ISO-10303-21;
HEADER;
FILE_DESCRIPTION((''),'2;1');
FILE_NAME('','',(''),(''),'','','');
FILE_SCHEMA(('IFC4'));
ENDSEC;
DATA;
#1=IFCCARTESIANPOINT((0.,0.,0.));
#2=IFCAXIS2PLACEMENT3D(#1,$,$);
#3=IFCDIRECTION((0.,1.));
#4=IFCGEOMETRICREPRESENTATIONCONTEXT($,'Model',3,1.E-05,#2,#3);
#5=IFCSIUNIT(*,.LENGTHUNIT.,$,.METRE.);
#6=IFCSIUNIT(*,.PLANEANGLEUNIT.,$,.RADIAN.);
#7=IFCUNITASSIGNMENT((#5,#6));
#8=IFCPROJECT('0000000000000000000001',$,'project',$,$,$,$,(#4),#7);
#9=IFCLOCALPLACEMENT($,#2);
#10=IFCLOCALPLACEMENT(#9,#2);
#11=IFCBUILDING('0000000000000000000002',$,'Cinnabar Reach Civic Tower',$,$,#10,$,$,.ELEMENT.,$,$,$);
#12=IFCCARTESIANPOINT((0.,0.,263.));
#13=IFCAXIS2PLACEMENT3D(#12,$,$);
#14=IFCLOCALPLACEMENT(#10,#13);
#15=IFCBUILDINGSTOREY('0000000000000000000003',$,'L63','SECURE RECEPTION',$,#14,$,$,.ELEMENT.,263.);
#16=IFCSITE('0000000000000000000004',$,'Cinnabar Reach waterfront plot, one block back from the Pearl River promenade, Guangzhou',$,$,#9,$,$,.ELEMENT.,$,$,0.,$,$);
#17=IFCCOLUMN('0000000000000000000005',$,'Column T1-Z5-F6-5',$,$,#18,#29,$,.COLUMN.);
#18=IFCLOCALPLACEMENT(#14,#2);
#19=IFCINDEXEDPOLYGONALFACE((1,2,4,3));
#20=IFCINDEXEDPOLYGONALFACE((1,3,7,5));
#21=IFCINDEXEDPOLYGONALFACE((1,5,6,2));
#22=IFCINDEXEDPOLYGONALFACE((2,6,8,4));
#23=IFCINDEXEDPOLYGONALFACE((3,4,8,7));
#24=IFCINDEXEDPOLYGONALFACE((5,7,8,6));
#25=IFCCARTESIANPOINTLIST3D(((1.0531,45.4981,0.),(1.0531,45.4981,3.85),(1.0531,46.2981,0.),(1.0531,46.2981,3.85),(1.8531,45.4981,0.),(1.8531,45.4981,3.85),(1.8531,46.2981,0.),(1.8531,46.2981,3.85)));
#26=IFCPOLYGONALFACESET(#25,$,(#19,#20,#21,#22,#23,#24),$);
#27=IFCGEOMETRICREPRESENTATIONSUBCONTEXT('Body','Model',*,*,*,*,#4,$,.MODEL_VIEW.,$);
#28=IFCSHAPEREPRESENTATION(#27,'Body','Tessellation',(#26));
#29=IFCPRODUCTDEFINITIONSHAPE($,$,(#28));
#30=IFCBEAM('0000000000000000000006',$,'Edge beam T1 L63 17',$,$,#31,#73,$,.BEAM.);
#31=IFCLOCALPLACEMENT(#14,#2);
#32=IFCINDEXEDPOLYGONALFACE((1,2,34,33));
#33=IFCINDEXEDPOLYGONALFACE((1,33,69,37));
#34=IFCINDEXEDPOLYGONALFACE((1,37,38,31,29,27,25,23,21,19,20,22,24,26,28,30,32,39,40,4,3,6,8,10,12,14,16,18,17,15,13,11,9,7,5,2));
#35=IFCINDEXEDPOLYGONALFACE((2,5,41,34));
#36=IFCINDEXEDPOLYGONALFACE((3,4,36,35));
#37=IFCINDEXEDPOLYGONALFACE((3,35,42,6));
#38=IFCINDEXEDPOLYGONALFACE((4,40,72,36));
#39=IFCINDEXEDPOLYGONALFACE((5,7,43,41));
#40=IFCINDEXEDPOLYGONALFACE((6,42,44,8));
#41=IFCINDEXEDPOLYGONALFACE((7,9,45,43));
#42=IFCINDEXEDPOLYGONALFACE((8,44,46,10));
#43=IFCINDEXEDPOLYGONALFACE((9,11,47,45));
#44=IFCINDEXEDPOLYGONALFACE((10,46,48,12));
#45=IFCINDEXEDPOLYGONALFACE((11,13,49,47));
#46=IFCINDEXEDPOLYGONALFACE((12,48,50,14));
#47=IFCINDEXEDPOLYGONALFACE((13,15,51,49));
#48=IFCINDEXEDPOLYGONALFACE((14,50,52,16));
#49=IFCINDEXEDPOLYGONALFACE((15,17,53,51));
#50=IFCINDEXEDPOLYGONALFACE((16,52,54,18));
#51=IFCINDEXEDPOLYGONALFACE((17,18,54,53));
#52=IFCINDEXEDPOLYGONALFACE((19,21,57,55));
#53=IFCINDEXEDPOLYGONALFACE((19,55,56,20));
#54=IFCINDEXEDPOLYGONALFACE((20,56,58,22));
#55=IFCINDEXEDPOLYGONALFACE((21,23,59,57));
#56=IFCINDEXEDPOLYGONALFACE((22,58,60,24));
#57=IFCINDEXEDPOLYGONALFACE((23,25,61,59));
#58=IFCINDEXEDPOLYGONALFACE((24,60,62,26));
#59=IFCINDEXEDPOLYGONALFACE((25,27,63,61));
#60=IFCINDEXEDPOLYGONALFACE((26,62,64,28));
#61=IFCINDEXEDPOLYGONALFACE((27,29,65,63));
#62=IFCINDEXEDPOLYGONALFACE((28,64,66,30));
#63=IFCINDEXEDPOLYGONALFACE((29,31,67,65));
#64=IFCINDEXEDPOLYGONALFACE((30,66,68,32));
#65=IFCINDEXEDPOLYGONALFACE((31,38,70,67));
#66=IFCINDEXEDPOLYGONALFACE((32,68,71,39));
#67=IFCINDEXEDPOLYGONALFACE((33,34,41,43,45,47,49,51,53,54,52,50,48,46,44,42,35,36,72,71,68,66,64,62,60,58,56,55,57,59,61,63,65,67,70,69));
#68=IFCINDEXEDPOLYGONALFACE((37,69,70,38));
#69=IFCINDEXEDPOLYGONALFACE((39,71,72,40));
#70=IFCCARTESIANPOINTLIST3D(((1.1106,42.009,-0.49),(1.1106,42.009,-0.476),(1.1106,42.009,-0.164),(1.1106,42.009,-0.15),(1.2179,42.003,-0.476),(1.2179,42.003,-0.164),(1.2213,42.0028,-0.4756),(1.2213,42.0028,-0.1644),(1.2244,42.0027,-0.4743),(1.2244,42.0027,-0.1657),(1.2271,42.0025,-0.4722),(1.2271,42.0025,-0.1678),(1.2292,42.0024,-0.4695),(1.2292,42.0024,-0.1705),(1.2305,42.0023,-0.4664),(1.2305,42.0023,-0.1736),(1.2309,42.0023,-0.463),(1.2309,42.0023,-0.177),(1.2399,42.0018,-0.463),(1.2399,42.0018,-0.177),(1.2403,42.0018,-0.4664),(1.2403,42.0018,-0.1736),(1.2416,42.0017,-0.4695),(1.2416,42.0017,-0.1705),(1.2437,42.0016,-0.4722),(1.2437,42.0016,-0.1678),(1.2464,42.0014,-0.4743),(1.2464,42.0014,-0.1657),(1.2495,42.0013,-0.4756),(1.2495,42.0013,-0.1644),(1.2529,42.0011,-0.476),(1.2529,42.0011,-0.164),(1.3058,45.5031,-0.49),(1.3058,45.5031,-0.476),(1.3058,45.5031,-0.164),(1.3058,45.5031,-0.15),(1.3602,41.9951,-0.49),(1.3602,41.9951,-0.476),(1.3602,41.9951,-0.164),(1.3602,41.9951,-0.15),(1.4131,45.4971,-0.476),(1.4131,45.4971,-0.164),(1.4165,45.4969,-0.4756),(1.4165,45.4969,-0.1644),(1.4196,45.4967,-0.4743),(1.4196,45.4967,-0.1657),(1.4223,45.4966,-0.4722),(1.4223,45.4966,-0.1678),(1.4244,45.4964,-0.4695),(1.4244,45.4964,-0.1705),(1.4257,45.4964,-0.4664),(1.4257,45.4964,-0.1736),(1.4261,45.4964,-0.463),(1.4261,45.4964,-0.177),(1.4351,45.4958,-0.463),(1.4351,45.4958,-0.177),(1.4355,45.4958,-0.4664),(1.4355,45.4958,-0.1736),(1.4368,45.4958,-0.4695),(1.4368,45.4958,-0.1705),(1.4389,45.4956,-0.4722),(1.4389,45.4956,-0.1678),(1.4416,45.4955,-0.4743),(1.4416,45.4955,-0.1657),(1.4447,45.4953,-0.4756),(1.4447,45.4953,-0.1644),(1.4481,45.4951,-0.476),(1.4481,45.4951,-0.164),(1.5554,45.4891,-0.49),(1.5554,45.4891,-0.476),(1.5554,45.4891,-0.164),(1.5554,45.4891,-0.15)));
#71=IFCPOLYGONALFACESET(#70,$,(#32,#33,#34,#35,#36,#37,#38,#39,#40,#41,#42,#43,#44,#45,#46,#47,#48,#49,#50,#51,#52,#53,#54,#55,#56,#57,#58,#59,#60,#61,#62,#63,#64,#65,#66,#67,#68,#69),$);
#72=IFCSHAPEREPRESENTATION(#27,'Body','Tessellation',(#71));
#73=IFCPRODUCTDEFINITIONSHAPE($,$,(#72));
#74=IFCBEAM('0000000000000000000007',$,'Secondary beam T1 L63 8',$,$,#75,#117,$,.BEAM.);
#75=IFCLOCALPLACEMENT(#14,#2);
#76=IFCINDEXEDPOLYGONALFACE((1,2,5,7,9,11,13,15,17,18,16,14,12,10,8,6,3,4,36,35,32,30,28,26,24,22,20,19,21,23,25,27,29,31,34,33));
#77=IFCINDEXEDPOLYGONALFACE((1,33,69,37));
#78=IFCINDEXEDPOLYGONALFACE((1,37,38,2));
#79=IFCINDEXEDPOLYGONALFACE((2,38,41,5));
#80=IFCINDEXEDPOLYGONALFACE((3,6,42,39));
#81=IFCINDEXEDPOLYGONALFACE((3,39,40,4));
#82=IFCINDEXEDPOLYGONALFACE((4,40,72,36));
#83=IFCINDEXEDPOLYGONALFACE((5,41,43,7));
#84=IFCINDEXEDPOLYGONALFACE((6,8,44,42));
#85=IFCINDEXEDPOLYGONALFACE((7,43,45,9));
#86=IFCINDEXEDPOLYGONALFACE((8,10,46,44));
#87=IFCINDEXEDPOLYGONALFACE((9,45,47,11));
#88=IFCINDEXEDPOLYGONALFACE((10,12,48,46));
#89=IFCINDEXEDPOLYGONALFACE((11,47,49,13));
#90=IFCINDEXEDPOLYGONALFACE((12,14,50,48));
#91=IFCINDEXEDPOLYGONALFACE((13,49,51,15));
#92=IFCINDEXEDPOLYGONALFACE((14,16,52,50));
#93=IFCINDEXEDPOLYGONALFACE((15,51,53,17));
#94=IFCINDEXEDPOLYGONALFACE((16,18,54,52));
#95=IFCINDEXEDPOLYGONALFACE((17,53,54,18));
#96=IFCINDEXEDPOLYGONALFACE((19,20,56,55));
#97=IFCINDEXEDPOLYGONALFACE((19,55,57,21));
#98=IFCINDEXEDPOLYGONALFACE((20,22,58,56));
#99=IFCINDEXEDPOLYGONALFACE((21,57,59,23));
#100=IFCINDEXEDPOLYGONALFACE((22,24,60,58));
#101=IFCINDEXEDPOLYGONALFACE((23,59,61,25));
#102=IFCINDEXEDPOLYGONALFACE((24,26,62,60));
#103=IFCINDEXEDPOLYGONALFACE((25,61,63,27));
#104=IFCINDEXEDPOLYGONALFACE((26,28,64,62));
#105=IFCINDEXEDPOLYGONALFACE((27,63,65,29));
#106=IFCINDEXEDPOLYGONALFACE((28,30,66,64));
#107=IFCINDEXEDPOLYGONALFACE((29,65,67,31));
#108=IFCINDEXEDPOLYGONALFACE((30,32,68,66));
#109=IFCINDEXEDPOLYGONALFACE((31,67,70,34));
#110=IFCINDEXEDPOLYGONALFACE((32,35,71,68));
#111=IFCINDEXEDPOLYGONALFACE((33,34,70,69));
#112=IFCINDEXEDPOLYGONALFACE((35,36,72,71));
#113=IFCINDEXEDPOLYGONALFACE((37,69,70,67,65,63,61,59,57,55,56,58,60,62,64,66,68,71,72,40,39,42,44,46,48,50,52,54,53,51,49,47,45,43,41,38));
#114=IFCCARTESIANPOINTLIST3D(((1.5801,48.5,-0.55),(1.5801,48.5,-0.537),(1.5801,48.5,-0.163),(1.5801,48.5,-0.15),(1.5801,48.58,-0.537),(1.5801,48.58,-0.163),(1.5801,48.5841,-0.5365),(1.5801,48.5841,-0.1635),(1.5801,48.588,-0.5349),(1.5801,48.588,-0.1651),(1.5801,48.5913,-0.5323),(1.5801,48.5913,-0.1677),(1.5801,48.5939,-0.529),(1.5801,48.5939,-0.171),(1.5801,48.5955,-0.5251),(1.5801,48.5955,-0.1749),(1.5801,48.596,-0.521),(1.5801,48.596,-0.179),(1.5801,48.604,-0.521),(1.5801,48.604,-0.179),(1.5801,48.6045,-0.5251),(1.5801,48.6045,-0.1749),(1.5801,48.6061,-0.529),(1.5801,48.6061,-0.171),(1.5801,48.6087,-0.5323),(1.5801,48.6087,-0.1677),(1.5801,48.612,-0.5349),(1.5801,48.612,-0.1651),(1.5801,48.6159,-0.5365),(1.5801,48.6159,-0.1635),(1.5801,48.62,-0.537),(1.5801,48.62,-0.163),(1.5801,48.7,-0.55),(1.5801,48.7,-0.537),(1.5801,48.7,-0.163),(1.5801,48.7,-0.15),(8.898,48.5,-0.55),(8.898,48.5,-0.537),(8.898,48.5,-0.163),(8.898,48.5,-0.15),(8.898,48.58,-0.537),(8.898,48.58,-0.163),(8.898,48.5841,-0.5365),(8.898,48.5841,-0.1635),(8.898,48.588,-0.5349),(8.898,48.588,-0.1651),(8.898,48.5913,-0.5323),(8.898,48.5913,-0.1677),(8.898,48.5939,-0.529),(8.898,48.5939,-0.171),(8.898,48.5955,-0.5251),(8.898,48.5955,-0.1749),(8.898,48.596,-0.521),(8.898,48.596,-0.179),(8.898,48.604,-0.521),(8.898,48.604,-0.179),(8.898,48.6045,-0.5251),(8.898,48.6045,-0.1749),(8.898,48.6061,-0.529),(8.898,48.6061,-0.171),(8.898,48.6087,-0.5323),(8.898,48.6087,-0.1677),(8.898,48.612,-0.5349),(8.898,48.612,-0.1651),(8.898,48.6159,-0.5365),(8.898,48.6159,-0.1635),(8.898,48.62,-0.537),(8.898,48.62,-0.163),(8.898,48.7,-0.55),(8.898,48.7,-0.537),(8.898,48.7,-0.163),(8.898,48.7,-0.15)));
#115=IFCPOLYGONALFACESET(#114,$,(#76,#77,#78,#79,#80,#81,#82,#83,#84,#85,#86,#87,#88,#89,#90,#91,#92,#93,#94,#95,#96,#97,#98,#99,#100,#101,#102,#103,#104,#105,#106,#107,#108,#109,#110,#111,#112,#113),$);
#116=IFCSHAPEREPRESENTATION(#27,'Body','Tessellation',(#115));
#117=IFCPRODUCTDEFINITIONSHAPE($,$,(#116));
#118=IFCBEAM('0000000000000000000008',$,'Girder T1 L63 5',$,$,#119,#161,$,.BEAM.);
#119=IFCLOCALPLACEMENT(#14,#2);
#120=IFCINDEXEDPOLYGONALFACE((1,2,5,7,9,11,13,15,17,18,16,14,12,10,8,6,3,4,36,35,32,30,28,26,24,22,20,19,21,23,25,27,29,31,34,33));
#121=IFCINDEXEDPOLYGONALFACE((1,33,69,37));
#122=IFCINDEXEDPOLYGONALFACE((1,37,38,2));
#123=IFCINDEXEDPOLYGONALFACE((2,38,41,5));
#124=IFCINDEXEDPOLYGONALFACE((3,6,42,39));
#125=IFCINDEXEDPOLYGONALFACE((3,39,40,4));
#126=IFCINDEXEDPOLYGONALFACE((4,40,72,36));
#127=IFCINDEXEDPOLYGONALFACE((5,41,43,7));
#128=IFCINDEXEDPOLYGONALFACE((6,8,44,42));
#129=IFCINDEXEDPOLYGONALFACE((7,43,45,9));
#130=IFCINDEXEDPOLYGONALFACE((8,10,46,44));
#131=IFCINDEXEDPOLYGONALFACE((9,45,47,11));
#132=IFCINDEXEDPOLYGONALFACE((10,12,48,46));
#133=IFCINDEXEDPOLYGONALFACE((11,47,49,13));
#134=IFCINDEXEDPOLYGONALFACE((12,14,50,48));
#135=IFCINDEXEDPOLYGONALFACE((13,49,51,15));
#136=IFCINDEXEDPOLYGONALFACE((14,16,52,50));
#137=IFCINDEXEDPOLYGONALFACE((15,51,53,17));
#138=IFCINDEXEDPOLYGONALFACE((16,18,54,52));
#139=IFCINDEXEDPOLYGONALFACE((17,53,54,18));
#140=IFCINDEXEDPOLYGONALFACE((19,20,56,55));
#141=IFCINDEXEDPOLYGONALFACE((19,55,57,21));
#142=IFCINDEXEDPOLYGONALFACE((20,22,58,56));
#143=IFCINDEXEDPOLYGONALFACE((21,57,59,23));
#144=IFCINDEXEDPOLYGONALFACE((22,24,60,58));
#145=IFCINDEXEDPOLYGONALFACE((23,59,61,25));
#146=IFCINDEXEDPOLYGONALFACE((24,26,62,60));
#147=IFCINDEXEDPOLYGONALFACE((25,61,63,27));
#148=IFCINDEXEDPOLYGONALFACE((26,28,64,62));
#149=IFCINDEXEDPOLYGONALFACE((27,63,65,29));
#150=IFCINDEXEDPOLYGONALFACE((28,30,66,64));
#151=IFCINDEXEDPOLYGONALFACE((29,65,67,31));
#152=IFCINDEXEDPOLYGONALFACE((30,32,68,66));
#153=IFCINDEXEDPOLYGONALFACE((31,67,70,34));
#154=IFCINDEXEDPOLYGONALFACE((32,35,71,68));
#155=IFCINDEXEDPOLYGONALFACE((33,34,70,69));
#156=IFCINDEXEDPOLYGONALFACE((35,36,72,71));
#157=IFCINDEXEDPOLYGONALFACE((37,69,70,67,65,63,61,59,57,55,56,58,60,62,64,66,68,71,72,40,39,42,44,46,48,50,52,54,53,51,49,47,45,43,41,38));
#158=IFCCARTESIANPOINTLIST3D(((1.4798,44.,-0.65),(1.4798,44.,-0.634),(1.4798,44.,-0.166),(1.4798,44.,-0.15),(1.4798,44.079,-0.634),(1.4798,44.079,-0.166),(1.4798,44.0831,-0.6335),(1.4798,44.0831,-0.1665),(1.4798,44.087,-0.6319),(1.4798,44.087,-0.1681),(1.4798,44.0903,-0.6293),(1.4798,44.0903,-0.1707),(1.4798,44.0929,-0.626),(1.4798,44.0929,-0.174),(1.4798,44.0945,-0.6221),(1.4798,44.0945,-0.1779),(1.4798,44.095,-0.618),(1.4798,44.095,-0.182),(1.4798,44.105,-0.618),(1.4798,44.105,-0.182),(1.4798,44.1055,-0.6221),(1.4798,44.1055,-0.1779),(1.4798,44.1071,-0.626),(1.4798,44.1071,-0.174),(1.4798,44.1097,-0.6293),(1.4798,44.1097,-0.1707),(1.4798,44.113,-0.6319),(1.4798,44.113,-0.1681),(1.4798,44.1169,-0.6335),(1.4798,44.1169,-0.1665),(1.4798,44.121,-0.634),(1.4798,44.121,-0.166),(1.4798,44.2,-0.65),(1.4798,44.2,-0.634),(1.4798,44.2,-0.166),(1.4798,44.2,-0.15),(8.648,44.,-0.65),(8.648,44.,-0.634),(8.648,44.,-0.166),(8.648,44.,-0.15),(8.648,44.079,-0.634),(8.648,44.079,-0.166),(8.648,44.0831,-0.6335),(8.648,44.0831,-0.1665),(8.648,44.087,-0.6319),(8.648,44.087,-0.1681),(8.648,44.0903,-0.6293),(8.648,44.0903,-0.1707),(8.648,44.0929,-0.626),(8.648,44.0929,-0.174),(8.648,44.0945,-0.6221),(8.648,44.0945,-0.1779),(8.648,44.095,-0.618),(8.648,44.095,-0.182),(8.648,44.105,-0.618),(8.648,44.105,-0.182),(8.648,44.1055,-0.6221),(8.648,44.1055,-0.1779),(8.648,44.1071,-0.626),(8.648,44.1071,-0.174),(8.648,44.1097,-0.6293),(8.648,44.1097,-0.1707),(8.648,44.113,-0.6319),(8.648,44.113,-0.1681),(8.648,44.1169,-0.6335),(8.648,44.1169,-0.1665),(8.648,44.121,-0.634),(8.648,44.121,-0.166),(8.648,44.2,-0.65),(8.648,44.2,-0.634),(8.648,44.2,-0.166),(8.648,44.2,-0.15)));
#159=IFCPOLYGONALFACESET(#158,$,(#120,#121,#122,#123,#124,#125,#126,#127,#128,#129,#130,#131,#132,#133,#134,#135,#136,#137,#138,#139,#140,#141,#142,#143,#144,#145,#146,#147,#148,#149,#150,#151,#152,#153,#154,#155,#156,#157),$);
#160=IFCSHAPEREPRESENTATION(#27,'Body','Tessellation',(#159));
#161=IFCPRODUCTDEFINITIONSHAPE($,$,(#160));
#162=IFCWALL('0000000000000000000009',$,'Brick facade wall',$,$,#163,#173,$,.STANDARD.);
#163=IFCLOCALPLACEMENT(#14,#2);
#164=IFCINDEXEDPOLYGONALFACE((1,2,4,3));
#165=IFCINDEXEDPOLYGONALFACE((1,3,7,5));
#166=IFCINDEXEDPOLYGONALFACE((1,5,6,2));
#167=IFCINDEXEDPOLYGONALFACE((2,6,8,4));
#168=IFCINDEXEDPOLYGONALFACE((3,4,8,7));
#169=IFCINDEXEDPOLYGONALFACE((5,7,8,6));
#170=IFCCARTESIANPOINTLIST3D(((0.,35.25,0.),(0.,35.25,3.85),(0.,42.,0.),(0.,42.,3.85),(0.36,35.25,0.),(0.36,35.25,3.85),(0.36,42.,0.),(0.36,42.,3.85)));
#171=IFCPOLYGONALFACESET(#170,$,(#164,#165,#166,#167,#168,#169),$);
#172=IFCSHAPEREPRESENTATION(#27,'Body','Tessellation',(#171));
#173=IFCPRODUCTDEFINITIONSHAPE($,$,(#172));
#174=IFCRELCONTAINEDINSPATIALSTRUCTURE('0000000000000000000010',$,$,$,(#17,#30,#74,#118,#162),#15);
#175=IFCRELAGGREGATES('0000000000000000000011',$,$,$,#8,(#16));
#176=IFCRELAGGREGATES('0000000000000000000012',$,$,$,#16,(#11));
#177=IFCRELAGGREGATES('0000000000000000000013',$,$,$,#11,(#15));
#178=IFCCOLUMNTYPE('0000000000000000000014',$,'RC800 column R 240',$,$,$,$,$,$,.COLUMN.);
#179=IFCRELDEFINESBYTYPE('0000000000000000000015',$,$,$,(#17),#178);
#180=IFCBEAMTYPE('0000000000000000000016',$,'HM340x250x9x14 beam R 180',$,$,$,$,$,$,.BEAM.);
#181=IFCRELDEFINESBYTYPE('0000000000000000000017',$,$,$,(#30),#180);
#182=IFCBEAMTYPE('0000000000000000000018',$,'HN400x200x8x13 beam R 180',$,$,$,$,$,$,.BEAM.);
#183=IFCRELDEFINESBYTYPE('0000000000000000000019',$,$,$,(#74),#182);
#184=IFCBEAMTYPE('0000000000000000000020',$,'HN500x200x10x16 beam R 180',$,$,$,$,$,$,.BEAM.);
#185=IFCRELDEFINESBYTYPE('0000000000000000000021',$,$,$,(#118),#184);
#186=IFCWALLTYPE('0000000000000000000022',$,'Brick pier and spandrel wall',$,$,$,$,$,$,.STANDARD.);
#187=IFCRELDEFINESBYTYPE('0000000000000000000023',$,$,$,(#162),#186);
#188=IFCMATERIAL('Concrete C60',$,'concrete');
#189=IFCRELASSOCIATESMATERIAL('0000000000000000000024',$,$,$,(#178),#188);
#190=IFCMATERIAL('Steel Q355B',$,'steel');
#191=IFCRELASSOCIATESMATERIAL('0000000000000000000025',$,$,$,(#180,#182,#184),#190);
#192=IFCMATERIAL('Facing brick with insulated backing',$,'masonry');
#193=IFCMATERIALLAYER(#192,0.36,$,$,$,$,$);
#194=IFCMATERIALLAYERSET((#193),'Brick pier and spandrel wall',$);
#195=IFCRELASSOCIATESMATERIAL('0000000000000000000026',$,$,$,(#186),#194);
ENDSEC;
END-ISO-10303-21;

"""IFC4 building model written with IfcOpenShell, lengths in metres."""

from ifc_helpers import new_model, si_unit, direction, frame, frame_2d, origin, origin_2d, place, context, subcontext, project, spatial, rectangle, i_section, extrude, material, layer, layer_set, material_profile, profile_set, type_object, element, save


model = new_model("IFC4")

# Units and contexts
model_context = context("Model", 3, precision=1e-05, world=origin(), true_north=direction((0.0, 1.0)))
body_context = subcontext(model_context, "Body", "Model", "MODEL_VIEW")
ifc_project = project(units=[si_unit("LENGTHUNIT", "METRE"), si_unit("PLANEANGLEUNIT", "RADIAN")], contexts=[model_context])

# Site, building, storey
site_placement = place(None, origin())
site = spatial("IfcSite", under=ifc_project, at=site_placement, Name="Cinnabar Reach waterfront plot, one block back from the Pearl River promenade, Guangzhou", CompositionType="ELEMENT", RefElevation=0.0)
building_placement = place(site_placement, origin())
building = spatial("IfcBuilding", under=site, at=building_placement, Name="Cinnabar Reach Civic Tower", CompositionType="ELEMENT")
storey_placement = place(building_placement, frame((0.0, 0.0, 263.0)))
storey = spatial("IfcBuildingStorey", under=building, at=storey_placement, Name="L63", Description="SECURE RECEPTION", CompositionType="ELEMENT", Elevation=263.0)

# Column
ifc_material_1 = material(Name="Concrete C60", Category="concrete")
ifc_material_profile_1 = material_profile(ifc_material_1, rectangle(XDim=0.8, YDim=0.8, at=origin_2d()), Name="RC800")
ifc_profile_set_1 = profile_set([ifc_material_profile_1], Name="Concrete C60")
column_type = type_object("IfcColumnType", Name="RC800 column R 240", PredefinedType="COLUMN", material=ifc_profile_set_1)
column_placement = place(storey_placement, frame((1.4531, 45.8981, 0.0), z_axis=(0.0, 0.0, 1.0), x_axis=(1.0, 0.0, 0.0)))
element("IfcColumn", 1, at=column_placement, inside=storey, type_object=column_type, Name="Column T1-Z5-F6-5", PredefinedType="COLUMN", context=body_context, shape_type="SweptSolid", body=[
    extrude(rectangle(XDim=0.8, YDim=0.8, at=origin_2d()), origin(), (0.0, 0.0, 1.0), 3.85),
])

# Beams
ifc_material_2 = material(Name="Steel Q355B", Category="steel")
ifc_material_profile_2 = material_profile(ifc_material_2, i_section(OverallWidth=0.25, OverallDepth=0.34, WebThickness=0.009, FlangeThickness=0.014, FilletRadius=0.013, at=origin_2d()), Name="HM340x250x9x14")
ifc_profile_set_2 = profile_set([ifc_material_profile_2], Name="Steel Q355B")
beam_type_1 = type_object("IfcBeamType", Name="HM340x250x9x14 beam R 180", PredefinedType="BEAM", material=ifc_profile_set_2)
beam_1_placement = place(storey_placement, frame((1.4306, 45.4961, -0.32), z_axis=(-0.055779, -0.998443, 0.0), x_axis=(0.998443, -0.055779, 0.0)))
element("IfcBeam", 2, at=beam_1_placement, inside=storey, type_object=beam_type_1, Name="Edge beam T1 L63 17", PredefinedType="BEAM", context=body_context, shape_type="SweptSolid", body=[
    extrude(i_section(OverallWidth=0.25, OverallDepth=0.34, WebThickness=0.009, FlangeThickness=0.014, FilletRadius=0.013, at=origin_2d()), origin(), (0.0, 0.0, 1.0), 3.4995),
])
ifc_material_profile_3 = material_profile(ifc_material_2, i_section(OverallWidth=0.2, OverallDepth=0.4, WebThickness=0.008, FlangeThickness=0.013, FilletRadius=0.016, at=origin_2d()), Name="HN400x200x8x13")
ifc_profile_set_3 = profile_set([ifc_material_profile_3], Name="Steel Q355B")
beam_type_2 = type_object("IfcBeamType", Name="HN400x200x8x13 beam R 180", PredefinedType="BEAM", material=ifc_profile_set_3)
beam_2_placement = place(storey_placement, frame((1.5801, 48.6, -0.35), z_axis=(1.0, 0.0, 0.0), x_axis=(0.0, 1.0, 0.0)))
element("IfcBeam", 3, at=beam_2_placement, inside=storey, type_object=beam_type_2, Name="Secondary beam T1 L63 8", PredefinedType="BEAM", context=body_context, shape_type="SweptSolid", body=[
    extrude(i_section(OverallWidth=0.2, OverallDepth=0.4, WebThickness=0.008, FlangeThickness=0.013, FilletRadius=0.016, at=origin_2d()), origin(), (0.0, 0.0, 1.0), 7.3179),
])
ifc_material_profile_4 = material_profile(ifc_material_2, i_section(OverallWidth=0.2, OverallDepth=0.5, WebThickness=0.01, FlangeThickness=0.016, FilletRadius=0.016, at=origin_2d()), Name="HN500x200x10x16")
ifc_profile_set_4 = profile_set([ifc_material_profile_4], Name="Steel Q355B")
beam_type_3 = type_object("IfcBeamType", Name="HN500x200x10x16 beam R 180", PredefinedType="BEAM", material=ifc_profile_set_4)
beam_3_placement = place(storey_placement, frame((1.4798, 44.1, -0.4), z_axis=(1.0, 0.0, 0.0), x_axis=(0.0, 1.0, 0.0)))
element("IfcBeam", 4, at=beam_3_placement, inside=storey, type_object=beam_type_3, Name="Girder T1 L63 5", PredefinedType="BEAM", context=body_context, shape_type="SweptSolid", body=[
    extrude(i_section(OverallWidth=0.2, OverallDepth=0.5, WebThickness=0.01, FlangeThickness=0.016, FilletRadius=0.016, at=origin_2d()), origin(), (0.0, 0.0, 1.0), 7.1682),
])

# Wall
ifc_material_3 = material(Name="Facing brick with insulated backing", Category="masonry")
ifc_layer_1 = layer(ifc_material_3, 0.36)
ifc_layer_set_1 = layer_set([ifc_layer_1], Name="Brick pier and spandrel wall")
wall_type_1 = type_object("IfcWallType", Name="Brick pier and spandrel wall", PredefinedType="STANDARD", material=ifc_layer_set_1)
wall_1_placement = place(storey_placement, frame((0.18, 42.0, 0.0), z_axis=(0.0, 0.0, 1.0), x_axis=(0.0, -1.0, 0.0)))
element("IfcWall", 5, at=wall_1_placement, inside=storey, type_object=wall_type_1, Name="Brick facade wall", PredefinedType="STANDARD", context=body_context, shape_type="SweptSolid", body=[
    extrude(rectangle(XDim=6.75, YDim=0.36, at=frame_2d((3.375, 0.0))), origin(), (0.0, 0.0, 1.0), 3.85),
])

save(model, "model.ifc")
